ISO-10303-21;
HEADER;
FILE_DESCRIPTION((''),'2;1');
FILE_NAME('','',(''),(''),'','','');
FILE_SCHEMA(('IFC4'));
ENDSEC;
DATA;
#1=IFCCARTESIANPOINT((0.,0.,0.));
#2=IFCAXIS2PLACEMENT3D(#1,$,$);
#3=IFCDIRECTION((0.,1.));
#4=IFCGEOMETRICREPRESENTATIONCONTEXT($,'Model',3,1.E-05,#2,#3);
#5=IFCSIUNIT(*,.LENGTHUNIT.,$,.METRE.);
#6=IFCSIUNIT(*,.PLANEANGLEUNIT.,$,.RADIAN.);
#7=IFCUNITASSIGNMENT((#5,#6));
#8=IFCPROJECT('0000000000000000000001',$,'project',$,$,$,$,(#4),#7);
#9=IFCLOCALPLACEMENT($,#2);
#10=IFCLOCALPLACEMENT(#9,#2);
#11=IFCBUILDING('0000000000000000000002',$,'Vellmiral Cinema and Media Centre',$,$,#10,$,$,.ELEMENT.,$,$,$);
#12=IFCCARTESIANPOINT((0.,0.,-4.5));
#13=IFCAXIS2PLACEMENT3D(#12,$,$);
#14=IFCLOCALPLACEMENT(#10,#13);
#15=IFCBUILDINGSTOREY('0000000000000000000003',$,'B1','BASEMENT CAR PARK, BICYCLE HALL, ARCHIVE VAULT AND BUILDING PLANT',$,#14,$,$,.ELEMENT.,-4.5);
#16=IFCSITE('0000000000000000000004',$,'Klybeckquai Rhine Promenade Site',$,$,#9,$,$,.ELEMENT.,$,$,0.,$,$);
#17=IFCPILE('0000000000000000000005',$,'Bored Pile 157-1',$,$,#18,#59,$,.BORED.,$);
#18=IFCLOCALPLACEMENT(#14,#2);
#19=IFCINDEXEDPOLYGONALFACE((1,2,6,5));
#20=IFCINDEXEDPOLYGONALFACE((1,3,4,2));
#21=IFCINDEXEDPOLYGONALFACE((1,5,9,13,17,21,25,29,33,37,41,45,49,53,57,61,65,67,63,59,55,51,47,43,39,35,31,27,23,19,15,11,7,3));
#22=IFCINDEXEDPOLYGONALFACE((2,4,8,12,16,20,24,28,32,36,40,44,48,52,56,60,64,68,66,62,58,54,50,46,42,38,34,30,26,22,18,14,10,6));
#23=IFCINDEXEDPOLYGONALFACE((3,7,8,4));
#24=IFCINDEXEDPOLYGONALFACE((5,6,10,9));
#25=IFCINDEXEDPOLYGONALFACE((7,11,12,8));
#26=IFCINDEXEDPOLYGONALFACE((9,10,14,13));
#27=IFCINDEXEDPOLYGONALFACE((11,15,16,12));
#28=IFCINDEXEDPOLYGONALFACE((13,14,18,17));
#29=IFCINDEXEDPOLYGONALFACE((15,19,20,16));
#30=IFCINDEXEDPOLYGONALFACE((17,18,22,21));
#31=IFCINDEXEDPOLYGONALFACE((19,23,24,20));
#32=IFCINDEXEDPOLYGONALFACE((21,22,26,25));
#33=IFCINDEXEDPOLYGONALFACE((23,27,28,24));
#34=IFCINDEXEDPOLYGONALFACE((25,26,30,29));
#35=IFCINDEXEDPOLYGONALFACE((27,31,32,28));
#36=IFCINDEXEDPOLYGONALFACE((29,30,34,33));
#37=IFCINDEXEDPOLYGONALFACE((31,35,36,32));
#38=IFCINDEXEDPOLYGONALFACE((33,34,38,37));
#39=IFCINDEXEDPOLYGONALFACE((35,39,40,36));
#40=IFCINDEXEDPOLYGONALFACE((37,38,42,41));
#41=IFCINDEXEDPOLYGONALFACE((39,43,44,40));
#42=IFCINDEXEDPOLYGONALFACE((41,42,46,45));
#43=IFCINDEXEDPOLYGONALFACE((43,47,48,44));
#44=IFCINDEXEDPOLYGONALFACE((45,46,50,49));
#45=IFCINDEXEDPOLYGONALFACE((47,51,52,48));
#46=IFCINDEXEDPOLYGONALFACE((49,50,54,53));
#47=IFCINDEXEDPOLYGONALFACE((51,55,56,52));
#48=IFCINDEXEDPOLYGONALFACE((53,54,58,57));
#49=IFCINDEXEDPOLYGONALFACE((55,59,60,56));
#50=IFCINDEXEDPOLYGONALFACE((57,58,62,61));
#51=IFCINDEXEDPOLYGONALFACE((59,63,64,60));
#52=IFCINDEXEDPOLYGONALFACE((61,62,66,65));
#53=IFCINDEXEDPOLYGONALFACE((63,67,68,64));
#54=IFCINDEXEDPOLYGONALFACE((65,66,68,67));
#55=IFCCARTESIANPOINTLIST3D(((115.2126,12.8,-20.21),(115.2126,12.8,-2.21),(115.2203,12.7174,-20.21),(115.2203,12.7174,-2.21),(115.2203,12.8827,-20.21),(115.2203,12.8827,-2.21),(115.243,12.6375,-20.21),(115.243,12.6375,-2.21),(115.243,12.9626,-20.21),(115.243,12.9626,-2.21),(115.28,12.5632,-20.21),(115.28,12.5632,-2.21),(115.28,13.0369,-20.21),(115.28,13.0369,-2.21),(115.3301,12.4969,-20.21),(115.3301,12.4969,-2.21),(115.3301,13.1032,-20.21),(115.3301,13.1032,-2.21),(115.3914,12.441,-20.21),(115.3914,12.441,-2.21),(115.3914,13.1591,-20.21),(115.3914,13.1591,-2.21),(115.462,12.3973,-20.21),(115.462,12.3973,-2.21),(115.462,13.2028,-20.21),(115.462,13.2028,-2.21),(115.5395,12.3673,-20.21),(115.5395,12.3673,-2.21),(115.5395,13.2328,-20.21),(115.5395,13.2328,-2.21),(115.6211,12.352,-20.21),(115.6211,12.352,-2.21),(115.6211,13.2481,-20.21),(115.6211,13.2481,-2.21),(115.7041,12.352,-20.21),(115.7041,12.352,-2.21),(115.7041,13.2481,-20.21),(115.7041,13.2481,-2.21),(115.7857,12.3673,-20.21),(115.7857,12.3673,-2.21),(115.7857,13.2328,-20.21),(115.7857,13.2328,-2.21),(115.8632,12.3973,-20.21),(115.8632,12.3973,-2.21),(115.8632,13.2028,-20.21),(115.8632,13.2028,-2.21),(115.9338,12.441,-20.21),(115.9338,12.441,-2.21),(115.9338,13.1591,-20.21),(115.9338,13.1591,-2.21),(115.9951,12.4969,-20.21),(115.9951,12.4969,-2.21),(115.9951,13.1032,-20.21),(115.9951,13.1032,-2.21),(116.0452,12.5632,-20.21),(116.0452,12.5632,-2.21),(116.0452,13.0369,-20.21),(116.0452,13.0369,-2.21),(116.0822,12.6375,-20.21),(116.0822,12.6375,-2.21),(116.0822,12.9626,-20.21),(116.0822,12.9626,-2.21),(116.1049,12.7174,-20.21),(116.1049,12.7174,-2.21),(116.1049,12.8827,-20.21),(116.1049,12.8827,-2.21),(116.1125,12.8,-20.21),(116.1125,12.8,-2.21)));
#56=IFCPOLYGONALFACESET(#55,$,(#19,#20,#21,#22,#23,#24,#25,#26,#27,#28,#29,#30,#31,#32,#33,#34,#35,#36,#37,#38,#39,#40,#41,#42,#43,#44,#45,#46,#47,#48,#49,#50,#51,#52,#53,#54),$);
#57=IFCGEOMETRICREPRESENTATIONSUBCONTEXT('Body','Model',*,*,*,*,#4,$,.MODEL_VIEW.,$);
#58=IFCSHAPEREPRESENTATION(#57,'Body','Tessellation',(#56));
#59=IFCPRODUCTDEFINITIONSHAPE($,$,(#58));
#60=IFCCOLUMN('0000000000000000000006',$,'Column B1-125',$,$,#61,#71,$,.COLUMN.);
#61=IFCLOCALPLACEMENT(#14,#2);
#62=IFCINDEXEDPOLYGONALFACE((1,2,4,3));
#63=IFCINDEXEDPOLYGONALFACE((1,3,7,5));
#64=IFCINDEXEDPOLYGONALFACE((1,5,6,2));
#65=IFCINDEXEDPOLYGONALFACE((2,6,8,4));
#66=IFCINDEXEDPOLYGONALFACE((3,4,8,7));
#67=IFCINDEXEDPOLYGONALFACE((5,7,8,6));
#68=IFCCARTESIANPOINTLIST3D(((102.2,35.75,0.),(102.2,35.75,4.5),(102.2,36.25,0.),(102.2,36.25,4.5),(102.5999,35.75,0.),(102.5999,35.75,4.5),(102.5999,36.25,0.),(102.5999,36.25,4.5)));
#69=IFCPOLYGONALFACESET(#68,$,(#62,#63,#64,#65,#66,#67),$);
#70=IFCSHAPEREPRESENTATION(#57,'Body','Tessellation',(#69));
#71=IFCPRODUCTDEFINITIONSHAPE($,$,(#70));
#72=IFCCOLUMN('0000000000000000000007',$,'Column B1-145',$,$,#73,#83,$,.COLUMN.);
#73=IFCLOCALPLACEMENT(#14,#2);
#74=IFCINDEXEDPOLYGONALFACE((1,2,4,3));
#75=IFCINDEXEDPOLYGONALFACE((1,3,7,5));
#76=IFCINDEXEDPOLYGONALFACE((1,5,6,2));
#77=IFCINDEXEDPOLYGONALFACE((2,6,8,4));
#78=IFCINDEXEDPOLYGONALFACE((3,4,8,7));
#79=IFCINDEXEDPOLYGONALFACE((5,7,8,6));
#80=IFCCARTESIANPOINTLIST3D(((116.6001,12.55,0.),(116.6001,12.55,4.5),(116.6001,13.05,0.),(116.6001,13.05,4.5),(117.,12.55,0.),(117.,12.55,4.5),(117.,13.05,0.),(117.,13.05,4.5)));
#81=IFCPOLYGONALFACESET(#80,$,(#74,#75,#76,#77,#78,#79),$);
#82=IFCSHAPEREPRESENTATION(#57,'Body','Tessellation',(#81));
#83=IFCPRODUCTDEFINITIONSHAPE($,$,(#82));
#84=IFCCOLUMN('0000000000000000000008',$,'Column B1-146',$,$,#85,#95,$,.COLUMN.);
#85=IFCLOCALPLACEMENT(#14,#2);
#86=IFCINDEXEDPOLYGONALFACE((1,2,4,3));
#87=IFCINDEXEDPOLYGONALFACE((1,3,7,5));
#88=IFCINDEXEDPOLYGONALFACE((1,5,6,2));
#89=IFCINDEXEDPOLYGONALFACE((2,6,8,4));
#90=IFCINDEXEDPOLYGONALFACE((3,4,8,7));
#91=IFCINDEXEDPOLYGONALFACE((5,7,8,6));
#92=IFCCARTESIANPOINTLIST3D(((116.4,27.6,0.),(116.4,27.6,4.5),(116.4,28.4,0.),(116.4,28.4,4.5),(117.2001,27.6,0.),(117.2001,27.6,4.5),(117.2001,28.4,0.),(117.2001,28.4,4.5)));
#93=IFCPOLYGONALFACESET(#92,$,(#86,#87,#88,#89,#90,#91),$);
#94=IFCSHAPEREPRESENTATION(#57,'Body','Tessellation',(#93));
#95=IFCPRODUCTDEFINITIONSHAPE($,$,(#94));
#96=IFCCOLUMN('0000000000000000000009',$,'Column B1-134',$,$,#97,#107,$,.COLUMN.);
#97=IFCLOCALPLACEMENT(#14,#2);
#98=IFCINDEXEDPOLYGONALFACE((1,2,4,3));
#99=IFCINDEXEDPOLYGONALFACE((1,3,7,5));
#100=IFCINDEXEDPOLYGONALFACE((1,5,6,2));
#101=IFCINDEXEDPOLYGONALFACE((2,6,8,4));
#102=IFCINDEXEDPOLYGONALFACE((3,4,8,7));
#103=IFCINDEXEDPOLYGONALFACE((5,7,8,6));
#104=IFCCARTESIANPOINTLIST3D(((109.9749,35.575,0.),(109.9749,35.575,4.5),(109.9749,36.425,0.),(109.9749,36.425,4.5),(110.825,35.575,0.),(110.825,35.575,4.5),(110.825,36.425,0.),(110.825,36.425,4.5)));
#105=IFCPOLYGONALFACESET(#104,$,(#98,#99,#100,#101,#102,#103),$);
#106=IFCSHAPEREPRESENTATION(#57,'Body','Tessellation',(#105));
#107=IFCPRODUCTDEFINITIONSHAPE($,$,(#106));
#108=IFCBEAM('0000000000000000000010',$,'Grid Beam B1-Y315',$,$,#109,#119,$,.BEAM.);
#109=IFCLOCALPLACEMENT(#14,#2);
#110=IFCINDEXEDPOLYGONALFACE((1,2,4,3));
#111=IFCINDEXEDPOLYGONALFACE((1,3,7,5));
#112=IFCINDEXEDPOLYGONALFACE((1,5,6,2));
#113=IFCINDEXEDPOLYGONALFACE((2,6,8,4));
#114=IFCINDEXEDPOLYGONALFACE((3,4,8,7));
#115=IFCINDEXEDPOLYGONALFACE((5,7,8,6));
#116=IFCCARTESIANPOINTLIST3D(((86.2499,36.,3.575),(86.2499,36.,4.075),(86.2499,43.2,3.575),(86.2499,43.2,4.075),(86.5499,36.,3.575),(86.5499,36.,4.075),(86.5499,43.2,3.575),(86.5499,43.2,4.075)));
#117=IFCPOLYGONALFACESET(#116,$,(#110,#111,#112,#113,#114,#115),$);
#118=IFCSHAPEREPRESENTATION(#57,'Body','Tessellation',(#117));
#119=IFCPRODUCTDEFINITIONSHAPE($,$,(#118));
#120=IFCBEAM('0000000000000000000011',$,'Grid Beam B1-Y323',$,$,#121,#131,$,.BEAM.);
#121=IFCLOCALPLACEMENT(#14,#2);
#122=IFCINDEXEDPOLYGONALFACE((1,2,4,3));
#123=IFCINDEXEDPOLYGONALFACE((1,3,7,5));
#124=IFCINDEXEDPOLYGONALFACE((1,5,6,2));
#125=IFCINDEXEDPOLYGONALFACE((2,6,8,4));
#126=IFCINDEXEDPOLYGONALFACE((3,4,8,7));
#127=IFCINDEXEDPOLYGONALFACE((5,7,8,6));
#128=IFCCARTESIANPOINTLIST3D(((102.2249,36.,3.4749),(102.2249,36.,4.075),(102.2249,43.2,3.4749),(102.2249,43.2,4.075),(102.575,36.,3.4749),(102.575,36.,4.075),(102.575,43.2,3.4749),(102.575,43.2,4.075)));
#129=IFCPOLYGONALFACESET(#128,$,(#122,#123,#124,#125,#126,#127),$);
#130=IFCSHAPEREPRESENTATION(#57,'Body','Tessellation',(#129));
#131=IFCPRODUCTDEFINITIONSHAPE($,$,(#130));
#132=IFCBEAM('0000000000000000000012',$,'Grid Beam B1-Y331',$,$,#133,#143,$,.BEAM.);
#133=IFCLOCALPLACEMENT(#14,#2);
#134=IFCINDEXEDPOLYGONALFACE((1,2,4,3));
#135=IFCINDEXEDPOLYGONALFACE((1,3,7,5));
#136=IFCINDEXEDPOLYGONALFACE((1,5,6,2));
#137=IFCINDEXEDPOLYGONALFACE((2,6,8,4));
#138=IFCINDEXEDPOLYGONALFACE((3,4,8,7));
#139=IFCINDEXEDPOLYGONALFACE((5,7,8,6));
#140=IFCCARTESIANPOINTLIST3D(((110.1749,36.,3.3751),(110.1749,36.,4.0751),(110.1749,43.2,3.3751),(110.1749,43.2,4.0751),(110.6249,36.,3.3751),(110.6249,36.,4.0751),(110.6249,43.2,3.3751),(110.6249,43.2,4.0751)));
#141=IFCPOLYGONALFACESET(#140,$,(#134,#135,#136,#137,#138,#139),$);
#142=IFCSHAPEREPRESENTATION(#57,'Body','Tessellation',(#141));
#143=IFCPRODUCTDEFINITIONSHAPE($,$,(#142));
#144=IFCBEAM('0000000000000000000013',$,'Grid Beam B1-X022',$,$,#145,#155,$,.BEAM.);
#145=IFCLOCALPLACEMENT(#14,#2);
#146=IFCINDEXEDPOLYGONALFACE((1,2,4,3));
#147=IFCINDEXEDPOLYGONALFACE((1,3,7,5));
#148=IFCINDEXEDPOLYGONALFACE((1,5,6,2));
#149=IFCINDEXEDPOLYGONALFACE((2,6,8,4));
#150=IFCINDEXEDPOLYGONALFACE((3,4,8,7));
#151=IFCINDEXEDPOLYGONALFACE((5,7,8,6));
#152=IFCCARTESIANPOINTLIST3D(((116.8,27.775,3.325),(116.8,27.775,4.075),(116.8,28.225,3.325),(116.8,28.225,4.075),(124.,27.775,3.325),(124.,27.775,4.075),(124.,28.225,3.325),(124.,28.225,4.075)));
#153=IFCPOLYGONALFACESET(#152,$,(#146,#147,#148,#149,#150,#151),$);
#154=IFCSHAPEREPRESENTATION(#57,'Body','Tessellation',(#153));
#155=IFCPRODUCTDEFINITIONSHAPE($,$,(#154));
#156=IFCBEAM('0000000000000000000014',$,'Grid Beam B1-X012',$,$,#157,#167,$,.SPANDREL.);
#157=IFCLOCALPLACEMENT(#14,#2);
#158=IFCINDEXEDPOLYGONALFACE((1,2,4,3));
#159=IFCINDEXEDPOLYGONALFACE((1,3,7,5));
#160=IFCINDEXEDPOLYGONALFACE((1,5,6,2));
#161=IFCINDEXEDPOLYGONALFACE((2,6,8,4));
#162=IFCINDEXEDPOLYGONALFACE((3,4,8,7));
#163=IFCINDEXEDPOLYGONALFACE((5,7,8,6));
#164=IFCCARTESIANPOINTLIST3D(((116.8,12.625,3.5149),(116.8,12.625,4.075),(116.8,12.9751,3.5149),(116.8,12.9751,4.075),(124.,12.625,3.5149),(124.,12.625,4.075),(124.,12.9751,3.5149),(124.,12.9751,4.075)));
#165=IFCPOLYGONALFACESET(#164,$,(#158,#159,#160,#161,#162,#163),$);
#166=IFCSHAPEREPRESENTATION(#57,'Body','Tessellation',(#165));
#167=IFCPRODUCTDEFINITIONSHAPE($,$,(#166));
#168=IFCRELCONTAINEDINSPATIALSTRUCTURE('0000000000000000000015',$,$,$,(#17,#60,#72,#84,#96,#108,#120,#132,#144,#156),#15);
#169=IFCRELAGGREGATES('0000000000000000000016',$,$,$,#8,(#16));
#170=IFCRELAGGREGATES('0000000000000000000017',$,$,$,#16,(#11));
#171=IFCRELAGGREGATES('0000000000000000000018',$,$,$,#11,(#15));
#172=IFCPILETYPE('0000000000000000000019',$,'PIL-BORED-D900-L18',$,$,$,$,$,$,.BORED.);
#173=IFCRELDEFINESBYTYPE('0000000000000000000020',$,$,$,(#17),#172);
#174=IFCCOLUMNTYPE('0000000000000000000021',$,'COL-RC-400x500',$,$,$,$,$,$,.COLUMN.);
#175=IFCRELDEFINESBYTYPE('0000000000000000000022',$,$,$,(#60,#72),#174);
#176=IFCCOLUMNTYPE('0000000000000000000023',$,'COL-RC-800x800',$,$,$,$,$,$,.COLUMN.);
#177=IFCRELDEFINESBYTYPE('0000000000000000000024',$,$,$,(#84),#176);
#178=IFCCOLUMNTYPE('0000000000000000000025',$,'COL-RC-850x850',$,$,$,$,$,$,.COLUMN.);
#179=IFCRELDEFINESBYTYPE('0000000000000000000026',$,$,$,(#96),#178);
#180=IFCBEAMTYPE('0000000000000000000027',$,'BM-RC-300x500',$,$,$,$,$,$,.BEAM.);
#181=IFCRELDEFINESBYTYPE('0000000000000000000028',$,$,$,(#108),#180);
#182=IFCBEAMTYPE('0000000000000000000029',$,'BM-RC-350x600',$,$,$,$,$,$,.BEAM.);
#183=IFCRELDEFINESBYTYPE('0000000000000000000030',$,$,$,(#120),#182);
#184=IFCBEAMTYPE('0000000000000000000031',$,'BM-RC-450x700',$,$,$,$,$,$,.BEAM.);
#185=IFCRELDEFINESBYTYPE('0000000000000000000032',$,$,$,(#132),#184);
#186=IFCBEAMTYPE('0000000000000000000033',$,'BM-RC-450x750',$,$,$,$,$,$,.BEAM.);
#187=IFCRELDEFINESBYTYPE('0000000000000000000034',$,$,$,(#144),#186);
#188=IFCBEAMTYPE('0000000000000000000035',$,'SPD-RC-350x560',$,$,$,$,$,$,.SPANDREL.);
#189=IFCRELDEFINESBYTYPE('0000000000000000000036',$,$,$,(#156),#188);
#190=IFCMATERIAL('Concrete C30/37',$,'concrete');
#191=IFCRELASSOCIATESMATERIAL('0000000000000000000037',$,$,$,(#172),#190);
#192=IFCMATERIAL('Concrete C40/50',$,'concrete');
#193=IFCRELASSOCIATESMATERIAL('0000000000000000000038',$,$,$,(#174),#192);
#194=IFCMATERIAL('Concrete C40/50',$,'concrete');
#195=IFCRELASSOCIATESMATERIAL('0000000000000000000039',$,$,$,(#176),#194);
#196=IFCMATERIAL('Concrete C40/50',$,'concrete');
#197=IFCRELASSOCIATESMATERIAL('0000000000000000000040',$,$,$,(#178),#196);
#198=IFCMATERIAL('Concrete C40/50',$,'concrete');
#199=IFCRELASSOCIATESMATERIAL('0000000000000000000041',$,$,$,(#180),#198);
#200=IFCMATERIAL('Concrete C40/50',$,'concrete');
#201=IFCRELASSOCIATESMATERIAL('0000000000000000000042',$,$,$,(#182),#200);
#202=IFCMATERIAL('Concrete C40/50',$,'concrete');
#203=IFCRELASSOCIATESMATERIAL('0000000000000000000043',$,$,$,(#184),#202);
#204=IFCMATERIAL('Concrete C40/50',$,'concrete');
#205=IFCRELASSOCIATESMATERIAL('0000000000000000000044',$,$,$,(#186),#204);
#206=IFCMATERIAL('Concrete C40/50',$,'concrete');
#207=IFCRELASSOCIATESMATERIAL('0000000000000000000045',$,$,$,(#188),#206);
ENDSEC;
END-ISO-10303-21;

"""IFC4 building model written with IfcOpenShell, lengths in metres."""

from ifc_helpers import new_model, si_unit, direction, frame, origin, origin_2d, place, context, subcontext, project, spatial, rectangle, circle, extrude, material, material_profile, profile_set, type_object, element, save


model = new_model("IFC4")

# Units and contexts
model_context = context("Model", 3, precision=1e-05, world=origin(), true_north=direction((0.0, 1.0)))
body_context = subcontext(model_context, "Body", "Model", "MODEL_VIEW")
ifc_project = project(units=[si_unit("LENGTHUNIT", "METRE"), si_unit("PLANEANGLEUNIT", "RADIAN")], contexts=[model_context])

# Site, building, storey
site_placement = place(None, origin())
site = spatial("IfcSite", under=ifc_project, at=site_placement, Name="Klybeckquai Rhine Promenade Site", CompositionType="ELEMENT", RefElevation=0.0)
building_placement = place(site_placement, origin())
building = spatial("IfcBuilding", under=site, at=building_placement, Name="Vellmiral Cinema and Media Centre", CompositionType="ELEMENT")
storey_placement = place(building_placement, frame((0.0, 0.0, -4.5)))
storey = spatial("IfcBuildingStorey", under=building, at=storey_placement, Name="B1", Description="BASEMENT CAR PARK, BICYCLE HALL, ARCHIVE VAULT AND BUILDING PLANT", CompositionType="ELEMENT", Elevation=-4.5)

# Pile
ifc_material_1 = material(Name="Concrete C30/37", Category="concrete")
ifc_material_profile_1 = material_profile(ifc_material_1, circle(Radius=0.45, at=origin_2d()), Name="PILE D900")
ifc_profile_set_1 = profile_set([ifc_material_profile_1], Name="Concrete C30/37")
pile_type_1 = type_object("IfcPileType", Name="PIL-BORED-D900-L18", PredefinedType="BORED", material=ifc_profile_set_1)
for number, where, z_axis, x_axis, name in (
    (1, (115.6626, 12.8, -2.21), (0.0, 0.0, -1.0), (1.0, 0.0, 0.0), "Bored Pile 157-1"),
):
    element("IfcPile", number, at=place(storey_placement, frame(where, z_axis=z_axis, x_axis=x_axis)), inside=storey, type_object=pile_type_1, Name=name, PredefinedType="BORED", context=body_context, shape_type="SweptSolid", body=[
        extrude(circle(Radius=0.45, at=origin_2d()), origin(), (0.0, 0.0, 1.0), 18.0),
    ])

# Columns
ifc_material_2 = material(Name="Concrete C40/50", Category="concrete")
ifc_material_profile_2 = material_profile(ifc_material_2, rectangle(XDim=0.3999, YDim=0.5, at=origin_2d()), Name="RC 400x500")
ifc_profile_set_2 = profile_set([ifc_material_profile_2], Name="Concrete C40/50")
column_type_1 = type_object("IfcColumnType", Name="COL-RC-400x500", PredefinedType="COLUMN", material=ifc_profile_set_2)
for number, where, z_axis, x_axis, name in (
    (2, (102.3999, 36.0, 0.0), (0.0, 0.0, 1.0), (1.0, 0.0, 0.0), "Column B1-125"),
    (3, (116.8, 12.8, 0.0), (0.0, 0.0, 1.0), (1.0, 0.0, 0.0), "Column B1-145"),
):
    element("IfcColumn", number, at=place(storey_placement, frame(where, z_axis=z_axis, x_axis=x_axis)), inside=storey, type_object=column_type_1, Name=name, PredefinedType="COLUMN", context=body_context, shape_type="SweptSolid", body=[
        extrude(rectangle(XDim=0.3999, YDim=0.5, at=origin_2d()), origin(), (0.0, 0.0, 1.0), 4.5),
    ])
ifc_material_3 = material(Name="Concrete C40/50", Category="concrete")
ifc_material_profile_3 = material_profile(ifc_material_3, rectangle(XDim=0.8, YDim=0.8, at=origin_2d()), Name="RC 800x800")
ifc_profile_set_3 = profile_set([ifc_material_profile_3], Name="Concrete C40/50")
column_type_2 = type_object("IfcColumnType", Name="COL-RC-800x800", PredefinedType="COLUMN", material=ifc_profile_set_3)
column_1_placement = place(storey_placement, frame((116.8, 28.0, 0.0), z_axis=(0.0, 0.0, 1.0), x_axis=(1.0, 0.0, 0.0)))
element("IfcColumn", 4, at=column_1_placement, inside=storey, type_object=column_type_2, Name="Column B1-146", PredefinedType="COLUMN", context=body_context, shape_type="SweptSolid", body=[
    extrude(rectangle(XDim=0.8, YDim=0.8, at=origin_2d()), origin(), (0.0, 0.0, 1.0), 4.5),
])
ifc_material_4 = material(Name="Concrete C40/50", Category="concrete")
ifc_material_profile_4 = material_profile(ifc_material_4, rectangle(XDim=0.8501, YDim=0.8501, at=origin_2d()), Name="RC 850x850")
ifc_profile_set_4 = profile_set([ifc_material_profile_4], Name="Concrete C40/50")
column_type_3 = type_object("IfcColumnType", Name="COL-RC-850x850", PredefinedType="COLUMN", material=ifc_profile_set_4)
column_2_placement = place(storey_placement, frame((110.3999, 36.0, 0.0), z_axis=(0.0, 0.0, 1.0), x_axis=(1.0, 0.0, 0.0)))
element("IfcColumn", 5, at=column_2_placement, inside=storey, type_object=column_type_3, Name="Column B1-134", PredefinedType="COLUMN", context=body_context, shape_type="SweptSolid", body=[
    extrude(rectangle(XDim=0.8501, YDim=0.8501, at=origin_2d()), origin(), (0.0, 0.0, 1.0), 4.5),
])

# Beams
ifc_material_5 = material(Name="Concrete C40/50", Category="concrete")
ifc_material_profile_5 = material_profile(ifc_material_5, rectangle(XDim=0.3, YDim=0.5, at=origin_2d()), Name="RC 300x500")
ifc_profile_set_5 = profile_set([ifc_material_profile_5], Name="Concrete C40/50")
beam_type_1 = type_object("IfcBeamType", Name="BM-RC-300x500", PredefinedType="BEAM", material=ifc_profile_set_5)
beam_1_placement = place(storey_placement, frame((86.3999, 36.0, 3.825), z_axis=(0.0, 1.0, 0.0), x_axis=(-1.0, 0.0, 0.0)))
element("IfcBeam", 6, at=beam_1_placement, inside=storey, type_object=beam_type_1, Name="Grid Beam B1-Y315", PredefinedType="BEAM", context=body_context, shape_type="SweptSolid", body=[
    extrude(rectangle(XDim=0.3, YDim=0.5, at=origin_2d()), origin(), (0.0, 0.0, 1.0), 7.2),
])
ifc_material_6 = material(Name="Concrete C40/50", Category="concrete")
ifc_material_profile_6 = material_profile(ifc_material_6, rectangle(XDim=0.3501, YDim=0.6001, at=origin_2d()), Name="RC 350x600")
ifc_profile_set_6 = profile_set([ifc_material_profile_6], Name="Concrete C40/50")
beam_type_2 = type_object("IfcBeamType", Name="BM-RC-350x600", PredefinedType="BEAM", material=ifc_profile_set_6)
beam_2_placement = place(storey_placement, frame((102.3999, 36.0, 3.7749), z_axis=(0.0, 1.0, 0.0), x_axis=(-1.0, 0.0, 0.0)))
element("IfcBeam", 7, at=beam_2_placement, inside=storey, type_object=beam_type_2, Name="Grid Beam B1-Y323", PredefinedType="BEAM", context=body_context, shape_type="SweptSolid", body=[
    extrude(rectangle(XDim=0.3501, YDim=0.6001, at=origin_2d()), origin(), (0.0, 0.0, 1.0), 7.2),
])
ifc_material_7 = material(Name="Concrete C40/50", Category="concrete")
ifc_material_profile_7 = material_profile(ifc_material_7, rectangle(XDim=0.45, YDim=0.7, at=origin_2d()), Name="RC 450x700")
ifc_profile_set_7 = profile_set([ifc_material_profile_7], Name="Concrete C40/50")
beam_type_3 = type_object("IfcBeamType", Name="BM-RC-450x700", PredefinedType="BEAM", material=ifc_profile_set_7)
beam_3_placement = place(storey_placement, frame((110.3999, 36.0, 3.7251), z_axis=(0.0, 1.0, 0.0), x_axis=(-1.0, 0.0, 0.0)))
element("IfcBeam", 8, at=beam_3_placement, inside=storey, type_object=beam_type_3, Name="Grid Beam B1-Y331", PredefinedType="BEAM", context=body_context, shape_type="SweptSolid", body=[
    extrude(rectangle(XDim=0.45, YDim=0.7, at=origin_2d()), origin(), (0.0, 0.0, 1.0), 7.2),
])
ifc_material_8 = material(Name="Concrete C40/50", Category="concrete")
ifc_material_profile_8 = material_profile(ifc_material_8, rectangle(XDim=0.45, YDim=0.75, at=origin_2d()), Name="RC 450x750")
ifc_profile_set_8 = profile_set([ifc_material_profile_8], Name="Concrete C40/50")
beam_type_4 = type_object("IfcBeamType", Name="BM-RC-450x750", PredefinedType="BEAM", material=ifc_profile_set_8)
beam_4_placement = place(storey_placement, frame((116.8, 28.0, 3.7), z_axis=(1.0, 0.0, 0.0), x_axis=(0.0, 1.0, 0.0)))
element("IfcBeam", 9, at=beam_4_placement, inside=storey, type_object=beam_type_4, Name="Grid Beam B1-X022", PredefinedType="BEAM", context=body_context, shape_type="SweptSolid", body=[
    extrude(rectangle(XDim=0.45, YDim=0.75, at=origin_2d()), origin(), (0.0, 0.0, 1.0), 7.2),
])
ifc_material_9 = material(Name="Concrete C40/50", Category="concrete")
ifc_material_profile_9 = material_profile(ifc_material_9, rectangle(XDim=0.3501, YDim=0.5601, at=origin_2d()), Name="RC 350x560")
ifc_profile_set_9 = profile_set([ifc_material_profile_9], Name="Concrete C40/50")
beam_type_5 = type_object("IfcBeamType", Name="SPD-RC-350x560", PredefinedType="SPANDREL", material=ifc_profile_set_9)
beam_5_placement = place(storey_placement, frame((116.8, 12.8, 3.7949), z_axis=(1.0, 0.0, 0.0), x_axis=(0.0, 1.0, 0.0)))
element("IfcBeam", 10, at=beam_5_placement, inside=storey, type_object=beam_type_5, Name="Grid Beam B1-X012", PredefinedType="SPANDREL", context=body_context, shape_type="SweptSolid", body=[
    extrude(rectangle(XDim=0.3501, YDim=0.5601, at=origin_2d()), origin(), (0.0, 0.0, 1.0), 7.2),
])

save(model, "model.ifc")
